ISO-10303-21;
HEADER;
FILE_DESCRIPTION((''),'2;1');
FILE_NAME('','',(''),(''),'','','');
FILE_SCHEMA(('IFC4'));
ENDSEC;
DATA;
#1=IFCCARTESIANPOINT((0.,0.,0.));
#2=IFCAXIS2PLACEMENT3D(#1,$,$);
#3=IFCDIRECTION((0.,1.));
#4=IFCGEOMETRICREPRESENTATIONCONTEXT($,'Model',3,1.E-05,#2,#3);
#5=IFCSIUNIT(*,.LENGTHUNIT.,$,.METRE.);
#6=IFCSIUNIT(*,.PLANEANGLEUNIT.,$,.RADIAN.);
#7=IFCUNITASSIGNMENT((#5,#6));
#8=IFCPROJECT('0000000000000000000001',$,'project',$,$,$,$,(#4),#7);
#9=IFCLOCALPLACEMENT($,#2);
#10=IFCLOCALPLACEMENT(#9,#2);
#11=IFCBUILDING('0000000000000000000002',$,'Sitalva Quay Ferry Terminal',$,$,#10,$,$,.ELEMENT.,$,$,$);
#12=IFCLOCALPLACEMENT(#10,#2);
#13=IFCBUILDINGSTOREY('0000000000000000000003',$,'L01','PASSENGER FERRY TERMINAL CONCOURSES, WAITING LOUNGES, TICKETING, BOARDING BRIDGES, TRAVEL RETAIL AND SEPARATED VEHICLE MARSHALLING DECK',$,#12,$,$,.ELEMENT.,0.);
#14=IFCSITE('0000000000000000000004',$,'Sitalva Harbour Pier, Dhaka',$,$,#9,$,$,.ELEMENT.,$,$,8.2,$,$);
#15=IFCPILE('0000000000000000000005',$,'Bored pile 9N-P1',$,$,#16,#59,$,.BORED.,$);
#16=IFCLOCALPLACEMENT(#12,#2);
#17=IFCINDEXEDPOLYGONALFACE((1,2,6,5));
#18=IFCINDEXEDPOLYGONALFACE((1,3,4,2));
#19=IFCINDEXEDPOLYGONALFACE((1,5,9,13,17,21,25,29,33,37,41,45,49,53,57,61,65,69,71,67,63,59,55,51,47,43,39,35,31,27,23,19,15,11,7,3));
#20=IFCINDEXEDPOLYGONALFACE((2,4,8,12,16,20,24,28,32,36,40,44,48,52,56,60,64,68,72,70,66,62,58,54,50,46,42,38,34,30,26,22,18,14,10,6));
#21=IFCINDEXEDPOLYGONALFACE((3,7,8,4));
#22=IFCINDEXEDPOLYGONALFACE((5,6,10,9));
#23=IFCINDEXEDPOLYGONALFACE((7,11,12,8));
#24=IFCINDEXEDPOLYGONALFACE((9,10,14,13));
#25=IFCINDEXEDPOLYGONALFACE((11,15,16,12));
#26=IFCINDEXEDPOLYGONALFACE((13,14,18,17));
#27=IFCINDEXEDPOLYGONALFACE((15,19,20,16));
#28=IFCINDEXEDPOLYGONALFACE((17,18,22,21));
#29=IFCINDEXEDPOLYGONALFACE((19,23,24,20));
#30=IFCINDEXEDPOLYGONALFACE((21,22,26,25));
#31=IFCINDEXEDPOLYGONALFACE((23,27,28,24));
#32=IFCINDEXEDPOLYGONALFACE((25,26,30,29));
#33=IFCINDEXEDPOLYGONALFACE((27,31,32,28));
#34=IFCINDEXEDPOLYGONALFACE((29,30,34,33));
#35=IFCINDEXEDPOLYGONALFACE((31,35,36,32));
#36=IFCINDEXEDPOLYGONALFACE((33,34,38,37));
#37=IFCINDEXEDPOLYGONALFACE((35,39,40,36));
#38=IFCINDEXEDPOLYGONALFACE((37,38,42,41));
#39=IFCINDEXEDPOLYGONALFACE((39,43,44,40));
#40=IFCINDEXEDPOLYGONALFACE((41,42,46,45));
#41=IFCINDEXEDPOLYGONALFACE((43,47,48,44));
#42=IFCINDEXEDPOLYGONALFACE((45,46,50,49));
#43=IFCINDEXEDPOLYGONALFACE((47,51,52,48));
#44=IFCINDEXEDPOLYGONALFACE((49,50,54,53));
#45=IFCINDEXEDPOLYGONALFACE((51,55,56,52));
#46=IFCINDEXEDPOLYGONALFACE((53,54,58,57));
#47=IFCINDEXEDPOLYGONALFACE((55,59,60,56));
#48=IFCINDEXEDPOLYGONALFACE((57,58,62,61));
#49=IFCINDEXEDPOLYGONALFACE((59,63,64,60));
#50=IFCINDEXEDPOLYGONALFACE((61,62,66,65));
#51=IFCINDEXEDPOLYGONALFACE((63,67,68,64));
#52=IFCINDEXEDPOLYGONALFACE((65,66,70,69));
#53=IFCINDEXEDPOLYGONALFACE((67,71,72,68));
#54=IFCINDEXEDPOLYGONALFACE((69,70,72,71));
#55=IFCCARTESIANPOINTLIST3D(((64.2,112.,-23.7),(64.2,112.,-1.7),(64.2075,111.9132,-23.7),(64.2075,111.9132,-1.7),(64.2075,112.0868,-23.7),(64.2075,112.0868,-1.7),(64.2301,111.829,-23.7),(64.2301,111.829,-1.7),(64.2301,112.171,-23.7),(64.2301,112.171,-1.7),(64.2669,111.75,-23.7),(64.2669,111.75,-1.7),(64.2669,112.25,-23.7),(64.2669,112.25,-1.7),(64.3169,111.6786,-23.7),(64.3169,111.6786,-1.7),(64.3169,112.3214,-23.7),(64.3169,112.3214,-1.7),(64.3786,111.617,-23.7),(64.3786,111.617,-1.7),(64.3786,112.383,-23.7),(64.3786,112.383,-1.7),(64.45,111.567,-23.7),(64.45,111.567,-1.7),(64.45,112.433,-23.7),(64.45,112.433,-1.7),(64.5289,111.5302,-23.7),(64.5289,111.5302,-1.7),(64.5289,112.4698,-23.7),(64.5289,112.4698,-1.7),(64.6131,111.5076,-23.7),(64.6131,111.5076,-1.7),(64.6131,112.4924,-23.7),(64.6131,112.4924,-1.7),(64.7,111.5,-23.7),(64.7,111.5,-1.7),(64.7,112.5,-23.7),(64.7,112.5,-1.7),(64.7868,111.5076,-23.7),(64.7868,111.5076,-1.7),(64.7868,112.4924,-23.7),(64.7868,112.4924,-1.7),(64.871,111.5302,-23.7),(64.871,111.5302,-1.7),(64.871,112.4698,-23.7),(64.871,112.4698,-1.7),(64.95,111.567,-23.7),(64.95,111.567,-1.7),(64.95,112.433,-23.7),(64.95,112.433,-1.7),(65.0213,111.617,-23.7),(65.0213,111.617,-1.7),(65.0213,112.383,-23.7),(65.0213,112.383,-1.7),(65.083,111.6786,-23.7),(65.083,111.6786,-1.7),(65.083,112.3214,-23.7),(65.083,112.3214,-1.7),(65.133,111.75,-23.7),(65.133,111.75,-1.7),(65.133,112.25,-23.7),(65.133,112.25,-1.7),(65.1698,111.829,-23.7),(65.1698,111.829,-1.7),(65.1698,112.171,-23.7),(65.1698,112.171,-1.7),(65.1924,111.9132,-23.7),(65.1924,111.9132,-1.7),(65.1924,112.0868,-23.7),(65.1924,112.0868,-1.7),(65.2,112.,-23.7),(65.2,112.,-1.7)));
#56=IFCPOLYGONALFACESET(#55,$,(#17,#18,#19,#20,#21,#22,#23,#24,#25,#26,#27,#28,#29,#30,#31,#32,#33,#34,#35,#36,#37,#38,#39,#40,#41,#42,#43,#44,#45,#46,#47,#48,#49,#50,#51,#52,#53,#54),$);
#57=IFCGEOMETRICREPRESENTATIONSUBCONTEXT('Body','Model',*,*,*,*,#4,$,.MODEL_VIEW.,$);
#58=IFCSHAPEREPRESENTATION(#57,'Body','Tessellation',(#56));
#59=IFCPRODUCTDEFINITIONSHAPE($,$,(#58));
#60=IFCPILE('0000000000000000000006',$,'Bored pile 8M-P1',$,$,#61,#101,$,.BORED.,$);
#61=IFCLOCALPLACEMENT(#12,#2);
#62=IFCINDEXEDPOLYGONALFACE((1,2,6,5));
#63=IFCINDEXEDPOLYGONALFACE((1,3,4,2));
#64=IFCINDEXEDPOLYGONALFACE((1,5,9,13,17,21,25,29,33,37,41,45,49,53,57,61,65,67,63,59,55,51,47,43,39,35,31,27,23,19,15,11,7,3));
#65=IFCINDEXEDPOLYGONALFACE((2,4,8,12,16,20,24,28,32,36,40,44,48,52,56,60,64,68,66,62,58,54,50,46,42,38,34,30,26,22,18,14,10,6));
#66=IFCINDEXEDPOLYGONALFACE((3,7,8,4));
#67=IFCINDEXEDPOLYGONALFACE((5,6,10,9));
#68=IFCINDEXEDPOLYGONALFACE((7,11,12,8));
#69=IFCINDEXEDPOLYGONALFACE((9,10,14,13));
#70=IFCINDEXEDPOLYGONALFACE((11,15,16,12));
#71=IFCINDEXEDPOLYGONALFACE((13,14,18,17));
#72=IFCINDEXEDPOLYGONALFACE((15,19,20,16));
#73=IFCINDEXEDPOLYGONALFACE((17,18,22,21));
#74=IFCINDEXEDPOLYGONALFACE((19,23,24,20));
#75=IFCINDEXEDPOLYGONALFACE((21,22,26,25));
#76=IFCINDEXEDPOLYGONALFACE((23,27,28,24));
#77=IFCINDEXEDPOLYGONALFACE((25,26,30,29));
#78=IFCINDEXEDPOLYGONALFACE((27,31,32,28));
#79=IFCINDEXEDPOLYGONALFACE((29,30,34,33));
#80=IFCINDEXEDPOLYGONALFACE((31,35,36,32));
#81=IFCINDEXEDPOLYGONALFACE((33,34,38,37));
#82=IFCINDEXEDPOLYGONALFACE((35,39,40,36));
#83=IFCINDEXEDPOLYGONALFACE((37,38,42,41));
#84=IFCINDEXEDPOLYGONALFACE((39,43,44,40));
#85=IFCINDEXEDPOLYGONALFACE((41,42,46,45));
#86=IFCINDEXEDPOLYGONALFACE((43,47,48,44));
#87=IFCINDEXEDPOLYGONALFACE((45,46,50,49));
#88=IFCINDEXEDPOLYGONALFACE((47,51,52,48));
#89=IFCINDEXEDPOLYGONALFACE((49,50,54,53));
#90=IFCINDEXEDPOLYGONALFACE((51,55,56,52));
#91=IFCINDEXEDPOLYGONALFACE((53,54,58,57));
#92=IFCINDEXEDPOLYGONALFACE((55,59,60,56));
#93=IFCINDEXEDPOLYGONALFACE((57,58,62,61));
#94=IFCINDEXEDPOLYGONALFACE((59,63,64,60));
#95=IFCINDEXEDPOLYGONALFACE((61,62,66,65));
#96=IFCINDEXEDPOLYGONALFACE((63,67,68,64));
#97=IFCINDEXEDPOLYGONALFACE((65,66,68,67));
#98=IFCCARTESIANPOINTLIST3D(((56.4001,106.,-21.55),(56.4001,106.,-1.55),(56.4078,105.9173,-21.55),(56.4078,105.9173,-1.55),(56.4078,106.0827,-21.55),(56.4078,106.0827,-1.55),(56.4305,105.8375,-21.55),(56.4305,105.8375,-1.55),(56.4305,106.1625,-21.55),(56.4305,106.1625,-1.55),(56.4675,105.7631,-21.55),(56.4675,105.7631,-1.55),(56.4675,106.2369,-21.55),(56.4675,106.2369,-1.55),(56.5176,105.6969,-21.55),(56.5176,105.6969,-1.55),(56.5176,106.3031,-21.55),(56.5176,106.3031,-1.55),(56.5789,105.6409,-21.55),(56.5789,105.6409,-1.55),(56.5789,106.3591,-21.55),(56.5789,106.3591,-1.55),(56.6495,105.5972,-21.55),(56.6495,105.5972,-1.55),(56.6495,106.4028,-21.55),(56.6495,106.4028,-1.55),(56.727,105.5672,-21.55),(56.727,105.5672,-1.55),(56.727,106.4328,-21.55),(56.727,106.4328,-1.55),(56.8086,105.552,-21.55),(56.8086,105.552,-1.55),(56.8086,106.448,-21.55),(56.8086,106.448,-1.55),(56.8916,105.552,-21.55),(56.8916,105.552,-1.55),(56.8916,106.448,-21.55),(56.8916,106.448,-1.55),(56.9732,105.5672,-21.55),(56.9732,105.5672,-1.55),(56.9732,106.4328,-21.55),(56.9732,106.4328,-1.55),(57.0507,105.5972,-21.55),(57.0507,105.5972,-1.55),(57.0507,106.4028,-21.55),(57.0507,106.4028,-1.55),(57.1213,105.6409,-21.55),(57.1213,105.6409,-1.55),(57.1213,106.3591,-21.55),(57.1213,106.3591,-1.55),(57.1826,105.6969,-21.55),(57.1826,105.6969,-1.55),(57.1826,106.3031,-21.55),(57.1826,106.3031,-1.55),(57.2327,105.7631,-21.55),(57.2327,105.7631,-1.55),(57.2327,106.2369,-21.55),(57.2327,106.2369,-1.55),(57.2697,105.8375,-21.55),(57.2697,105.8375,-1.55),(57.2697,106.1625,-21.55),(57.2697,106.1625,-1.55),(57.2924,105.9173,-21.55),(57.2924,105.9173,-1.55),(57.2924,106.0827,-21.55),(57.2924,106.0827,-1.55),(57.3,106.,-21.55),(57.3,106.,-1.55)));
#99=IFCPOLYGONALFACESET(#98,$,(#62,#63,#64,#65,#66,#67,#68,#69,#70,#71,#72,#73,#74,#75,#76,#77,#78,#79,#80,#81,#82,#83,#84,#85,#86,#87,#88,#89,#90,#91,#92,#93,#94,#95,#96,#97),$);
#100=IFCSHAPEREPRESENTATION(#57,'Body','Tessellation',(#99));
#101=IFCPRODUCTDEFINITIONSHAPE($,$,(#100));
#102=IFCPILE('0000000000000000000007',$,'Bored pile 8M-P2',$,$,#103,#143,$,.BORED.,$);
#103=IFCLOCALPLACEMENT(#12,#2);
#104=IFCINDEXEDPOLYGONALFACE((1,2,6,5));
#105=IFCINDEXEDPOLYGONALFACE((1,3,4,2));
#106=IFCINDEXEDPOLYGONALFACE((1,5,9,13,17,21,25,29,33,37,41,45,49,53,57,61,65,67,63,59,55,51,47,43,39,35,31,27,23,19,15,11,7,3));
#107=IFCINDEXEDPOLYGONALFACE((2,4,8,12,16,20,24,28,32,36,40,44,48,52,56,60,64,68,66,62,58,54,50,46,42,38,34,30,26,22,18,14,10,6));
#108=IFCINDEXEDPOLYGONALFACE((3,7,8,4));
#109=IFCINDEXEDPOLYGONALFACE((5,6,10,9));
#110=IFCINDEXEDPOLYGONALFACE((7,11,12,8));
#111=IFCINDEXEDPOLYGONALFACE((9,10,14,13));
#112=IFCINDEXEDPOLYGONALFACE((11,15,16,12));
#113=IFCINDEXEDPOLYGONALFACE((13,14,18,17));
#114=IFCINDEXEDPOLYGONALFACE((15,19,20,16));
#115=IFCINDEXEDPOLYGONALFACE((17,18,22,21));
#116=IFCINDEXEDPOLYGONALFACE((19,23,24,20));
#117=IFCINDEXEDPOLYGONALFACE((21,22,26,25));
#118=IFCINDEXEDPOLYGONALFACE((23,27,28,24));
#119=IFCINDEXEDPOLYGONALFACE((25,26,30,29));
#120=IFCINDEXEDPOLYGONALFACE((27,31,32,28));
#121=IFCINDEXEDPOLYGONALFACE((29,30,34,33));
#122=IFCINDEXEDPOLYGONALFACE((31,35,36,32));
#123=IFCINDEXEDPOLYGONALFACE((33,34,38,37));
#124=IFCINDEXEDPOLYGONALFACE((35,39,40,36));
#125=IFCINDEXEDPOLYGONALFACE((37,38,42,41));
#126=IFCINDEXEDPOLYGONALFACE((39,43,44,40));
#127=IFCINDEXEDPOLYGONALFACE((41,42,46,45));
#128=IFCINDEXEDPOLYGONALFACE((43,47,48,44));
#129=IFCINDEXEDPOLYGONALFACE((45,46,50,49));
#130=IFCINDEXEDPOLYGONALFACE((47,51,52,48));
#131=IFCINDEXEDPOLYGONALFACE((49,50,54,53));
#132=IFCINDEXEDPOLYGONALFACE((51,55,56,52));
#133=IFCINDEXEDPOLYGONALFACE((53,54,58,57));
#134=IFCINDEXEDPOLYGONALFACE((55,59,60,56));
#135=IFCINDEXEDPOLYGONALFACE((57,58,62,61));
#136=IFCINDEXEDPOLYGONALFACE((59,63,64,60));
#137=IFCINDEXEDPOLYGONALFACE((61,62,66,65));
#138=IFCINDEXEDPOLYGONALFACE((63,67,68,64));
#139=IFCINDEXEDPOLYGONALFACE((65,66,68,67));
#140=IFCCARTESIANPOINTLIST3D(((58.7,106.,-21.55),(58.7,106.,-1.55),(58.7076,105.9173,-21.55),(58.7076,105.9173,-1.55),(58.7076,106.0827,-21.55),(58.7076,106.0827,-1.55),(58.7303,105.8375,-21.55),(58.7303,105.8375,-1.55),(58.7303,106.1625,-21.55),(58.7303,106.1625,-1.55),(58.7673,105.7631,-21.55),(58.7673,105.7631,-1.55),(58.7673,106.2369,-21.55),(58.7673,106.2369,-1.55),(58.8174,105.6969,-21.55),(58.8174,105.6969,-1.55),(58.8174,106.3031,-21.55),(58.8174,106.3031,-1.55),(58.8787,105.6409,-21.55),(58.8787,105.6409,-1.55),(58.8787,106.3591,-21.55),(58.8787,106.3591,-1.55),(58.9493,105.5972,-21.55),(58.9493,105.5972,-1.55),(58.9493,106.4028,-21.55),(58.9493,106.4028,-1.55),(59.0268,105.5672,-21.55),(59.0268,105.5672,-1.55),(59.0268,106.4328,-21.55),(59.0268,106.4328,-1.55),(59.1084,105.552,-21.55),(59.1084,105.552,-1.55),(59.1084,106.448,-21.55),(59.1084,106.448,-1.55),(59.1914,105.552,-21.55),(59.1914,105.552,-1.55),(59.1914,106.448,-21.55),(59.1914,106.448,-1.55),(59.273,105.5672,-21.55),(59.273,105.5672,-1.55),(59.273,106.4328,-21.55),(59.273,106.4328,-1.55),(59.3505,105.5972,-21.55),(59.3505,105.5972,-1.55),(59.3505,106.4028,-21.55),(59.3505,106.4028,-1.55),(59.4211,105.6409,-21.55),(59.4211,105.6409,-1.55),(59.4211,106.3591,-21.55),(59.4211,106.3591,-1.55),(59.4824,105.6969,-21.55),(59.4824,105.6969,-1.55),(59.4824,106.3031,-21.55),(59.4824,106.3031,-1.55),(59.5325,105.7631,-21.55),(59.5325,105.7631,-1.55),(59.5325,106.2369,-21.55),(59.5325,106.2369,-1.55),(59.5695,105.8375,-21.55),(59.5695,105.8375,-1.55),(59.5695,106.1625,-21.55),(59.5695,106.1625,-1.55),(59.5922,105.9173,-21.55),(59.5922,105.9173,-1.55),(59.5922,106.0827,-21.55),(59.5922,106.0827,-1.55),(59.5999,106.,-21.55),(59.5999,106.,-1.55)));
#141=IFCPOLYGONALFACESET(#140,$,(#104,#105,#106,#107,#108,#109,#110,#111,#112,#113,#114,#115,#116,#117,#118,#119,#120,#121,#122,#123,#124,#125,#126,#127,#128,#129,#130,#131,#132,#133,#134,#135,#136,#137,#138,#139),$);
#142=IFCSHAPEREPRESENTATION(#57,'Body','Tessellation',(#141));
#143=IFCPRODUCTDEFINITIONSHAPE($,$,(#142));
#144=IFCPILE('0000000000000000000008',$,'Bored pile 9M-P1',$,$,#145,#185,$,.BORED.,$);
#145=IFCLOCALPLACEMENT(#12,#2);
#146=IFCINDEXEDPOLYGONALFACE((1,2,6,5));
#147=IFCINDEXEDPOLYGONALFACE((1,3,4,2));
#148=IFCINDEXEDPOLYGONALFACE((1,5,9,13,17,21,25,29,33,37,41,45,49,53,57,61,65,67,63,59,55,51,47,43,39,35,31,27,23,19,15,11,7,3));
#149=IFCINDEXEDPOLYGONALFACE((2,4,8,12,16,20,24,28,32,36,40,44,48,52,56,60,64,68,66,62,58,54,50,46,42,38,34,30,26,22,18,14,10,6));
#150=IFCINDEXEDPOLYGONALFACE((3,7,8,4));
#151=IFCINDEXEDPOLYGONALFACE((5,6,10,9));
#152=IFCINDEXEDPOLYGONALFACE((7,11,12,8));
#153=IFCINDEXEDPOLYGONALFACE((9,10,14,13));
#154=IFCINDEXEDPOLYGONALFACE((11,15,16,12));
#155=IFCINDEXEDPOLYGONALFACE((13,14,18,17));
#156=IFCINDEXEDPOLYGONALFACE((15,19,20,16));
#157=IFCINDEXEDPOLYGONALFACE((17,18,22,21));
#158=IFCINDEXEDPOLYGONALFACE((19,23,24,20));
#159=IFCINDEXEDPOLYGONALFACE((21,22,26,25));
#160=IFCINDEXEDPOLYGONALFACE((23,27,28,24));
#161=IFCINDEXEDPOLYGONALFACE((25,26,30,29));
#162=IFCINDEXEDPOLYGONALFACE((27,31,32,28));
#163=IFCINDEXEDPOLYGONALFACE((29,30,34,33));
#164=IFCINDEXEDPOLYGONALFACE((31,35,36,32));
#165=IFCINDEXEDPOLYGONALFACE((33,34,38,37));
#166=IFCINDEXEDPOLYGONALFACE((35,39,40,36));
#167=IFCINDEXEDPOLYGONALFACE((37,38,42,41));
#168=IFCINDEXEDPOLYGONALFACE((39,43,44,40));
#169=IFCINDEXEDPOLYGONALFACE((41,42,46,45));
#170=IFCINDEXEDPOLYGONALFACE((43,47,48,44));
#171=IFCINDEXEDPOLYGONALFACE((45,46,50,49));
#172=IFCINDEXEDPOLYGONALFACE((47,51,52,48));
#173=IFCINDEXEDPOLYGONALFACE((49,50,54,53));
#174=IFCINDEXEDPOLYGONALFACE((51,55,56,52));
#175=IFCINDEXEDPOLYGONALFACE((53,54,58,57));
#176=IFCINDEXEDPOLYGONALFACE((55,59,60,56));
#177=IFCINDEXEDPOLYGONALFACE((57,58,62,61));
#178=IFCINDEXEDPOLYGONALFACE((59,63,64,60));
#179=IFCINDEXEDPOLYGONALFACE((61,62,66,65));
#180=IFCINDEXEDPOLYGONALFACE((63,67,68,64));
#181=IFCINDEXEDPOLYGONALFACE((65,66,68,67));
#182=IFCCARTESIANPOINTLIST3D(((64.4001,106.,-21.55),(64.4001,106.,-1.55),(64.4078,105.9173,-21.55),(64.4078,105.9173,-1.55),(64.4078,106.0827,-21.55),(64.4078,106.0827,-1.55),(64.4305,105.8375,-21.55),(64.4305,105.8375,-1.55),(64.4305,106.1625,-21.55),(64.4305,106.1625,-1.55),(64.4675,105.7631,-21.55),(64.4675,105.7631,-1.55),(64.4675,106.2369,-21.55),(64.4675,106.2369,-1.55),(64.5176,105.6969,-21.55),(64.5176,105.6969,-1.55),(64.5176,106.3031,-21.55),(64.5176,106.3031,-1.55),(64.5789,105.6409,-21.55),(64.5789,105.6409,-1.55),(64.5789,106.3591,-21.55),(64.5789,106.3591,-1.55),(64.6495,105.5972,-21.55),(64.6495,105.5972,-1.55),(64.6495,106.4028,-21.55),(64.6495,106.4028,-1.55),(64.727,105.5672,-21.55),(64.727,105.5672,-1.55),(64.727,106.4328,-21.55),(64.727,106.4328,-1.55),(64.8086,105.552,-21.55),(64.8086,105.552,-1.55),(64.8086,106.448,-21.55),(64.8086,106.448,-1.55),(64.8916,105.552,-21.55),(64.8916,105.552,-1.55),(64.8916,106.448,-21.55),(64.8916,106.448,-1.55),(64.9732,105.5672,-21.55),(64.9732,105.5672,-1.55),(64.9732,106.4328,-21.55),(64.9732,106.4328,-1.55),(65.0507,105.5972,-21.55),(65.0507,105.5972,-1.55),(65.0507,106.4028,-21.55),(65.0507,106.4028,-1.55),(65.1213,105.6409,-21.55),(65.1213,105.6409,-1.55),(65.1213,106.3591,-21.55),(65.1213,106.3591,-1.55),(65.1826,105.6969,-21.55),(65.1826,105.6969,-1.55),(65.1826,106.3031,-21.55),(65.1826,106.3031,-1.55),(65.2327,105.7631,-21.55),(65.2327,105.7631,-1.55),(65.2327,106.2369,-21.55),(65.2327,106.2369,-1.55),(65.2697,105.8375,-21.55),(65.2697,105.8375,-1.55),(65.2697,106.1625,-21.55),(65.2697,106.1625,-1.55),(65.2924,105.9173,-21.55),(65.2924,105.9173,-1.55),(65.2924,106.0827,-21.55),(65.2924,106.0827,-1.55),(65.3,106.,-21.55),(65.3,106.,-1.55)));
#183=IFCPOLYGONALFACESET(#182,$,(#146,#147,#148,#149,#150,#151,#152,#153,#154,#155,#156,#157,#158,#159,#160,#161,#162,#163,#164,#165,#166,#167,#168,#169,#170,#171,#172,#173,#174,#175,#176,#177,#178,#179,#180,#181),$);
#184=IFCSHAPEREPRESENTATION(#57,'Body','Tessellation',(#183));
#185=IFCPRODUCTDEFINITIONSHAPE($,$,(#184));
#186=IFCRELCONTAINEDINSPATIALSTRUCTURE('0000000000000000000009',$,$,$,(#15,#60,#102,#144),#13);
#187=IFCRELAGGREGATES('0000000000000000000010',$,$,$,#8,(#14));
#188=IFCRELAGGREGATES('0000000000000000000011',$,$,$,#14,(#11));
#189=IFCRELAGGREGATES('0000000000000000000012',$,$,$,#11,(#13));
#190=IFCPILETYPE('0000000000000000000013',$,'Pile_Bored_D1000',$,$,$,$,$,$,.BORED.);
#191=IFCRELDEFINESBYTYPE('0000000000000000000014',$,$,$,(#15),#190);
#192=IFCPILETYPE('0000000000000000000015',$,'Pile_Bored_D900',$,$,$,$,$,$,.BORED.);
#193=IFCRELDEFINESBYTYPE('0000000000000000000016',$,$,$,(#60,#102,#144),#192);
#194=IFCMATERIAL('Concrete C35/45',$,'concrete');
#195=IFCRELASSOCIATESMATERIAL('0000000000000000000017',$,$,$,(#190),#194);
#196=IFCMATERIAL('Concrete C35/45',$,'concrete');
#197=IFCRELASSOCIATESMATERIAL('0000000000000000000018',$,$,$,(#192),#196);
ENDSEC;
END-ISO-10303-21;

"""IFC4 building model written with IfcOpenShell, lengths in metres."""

from ifc_helpers import new_model, si_unit, direction, frame, origin, origin_2d, place, context, subcontext, project, spatial, circle, extrude, material, material_profile, profile_set, type_object, element, save


model = new_model("IFC4")

# Units and contexts
model_context = context("Model", 3, precision=1e-05, world=origin(), true_north=direction((0.0, 1.0)))
body_context = subcontext(model_context, "Body", "Model", "MODEL_VIEW")
ifc_project = project(units=[si_unit("LENGTHUNIT", "METRE"), si_unit("PLANEANGLEUNIT", "RADIAN")], contexts=[model_context])

# Site, building, storey
site_placement = place(None, origin())
site = spatial("IfcSite", under=ifc_project, at=site_placement, Name="Sitalva Harbour Pier, Dhaka", CompositionType="ELEMENT", RefElevation=8.2)
building_placement = place(site_placement, origin())
building = spatial("IfcBuilding", under=site, at=building_placement, Name="Sitalva Quay Ferry Terminal", CompositionType="ELEMENT")
storey_placement = place(building_placement, origin())
storey = spatial("IfcBuildingStorey", under=building, at=storey_placement, Name="L01", Description="PASSENGER FERRY TERMINAL CONCOURSES, WAITING LOUNGES, TICKETING, BOARDING BRIDGES, TRAVEL RETAIL AND SEPARATED VEHICLE MARSHALLING DECK", CompositionType="ELEMENT", Elevation=0.0)

# Piles
ifc_material_1 = material(Name="Concrete C35/45", Category="concrete")
ifc_material_profile_1 = material_profile(ifc_material_1, circle(Radius=0.5, at=origin_2d()), Name="PILE-D1000")
ifc_profile_set_1 = profile_set([ifc_material_profile_1], Name="Concrete C35/45")
pile_type_1 = type_object("IfcPileType", Name="Pile_Bored_D1000", PredefinedType="BORED", material=ifc_profile_set_1)
for number, where, z_axis, x_axis, name in (
    (1, (64.7, 112.0, -1.7), (0.0, 0.0, -1.0), (1.0, 0.0, 0.0), "Bored pile 9N-P1"),
):
    element("IfcPile", number, at=place(storey_placement, frame(where, z_axis=z_axis, x_axis=x_axis)), inside=storey, type_object=pile_type_1, Name=name, PredefinedType="BORED", context=body_context, shape_type="SweptSolid", body=[
        extrude(circle(Radius=0.5, at=origin_2d()), origin(), (0.0, 0.0, 1.0), 22.0),
    ])
ifc_material_2 = material(Name="Concrete C35/45", Category="concrete")
ifc_material_profile_2 = material_profile(ifc_material_2, circle(Radius=0.45, at=origin_2d()), Name="PILE-D900")
ifc_profile_set_2 = profile_set([ifc_material_profile_2], Name="Concrete C35/45")
pile_type_2 = type_object("IfcPileType", Name="Pile_Bored_D900", PredefinedType="BORED", material=ifc_profile_set_2)
for number, where, z_axis, x_axis, name in (
    (2, (56.8501, 106.0, -1.55), (0.0, 0.0, -1.0), (1.0, 0.0, 0.0), "Bored pile 8M-P1"),
    (3, (59.1499, 106.0, -1.55), (0.0, 0.0, -1.0), (1.0, 0.0, 0.0), "Bored pile 8M-P2"),
    (4, (64.8501, 106.0, -1.55), (0.0, 0.0, -1.0), (1.0, 0.0, 0.0), "Bored pile 9M-P1"),
):
    element("IfcPile", number, at=place(storey_placement, frame(where, z_axis=z_axis, x_axis=x_axis)), inside=storey, type_object=pile_type_2, Name=name, PredefinedType="BORED", context=body_context, shape_type="SweptSolid", body=[
        extrude(circle(Radius=0.45, at=origin_2d()), origin(), (0.0, 0.0, 1.0), 20.0),
    ])

save(model, "model.ifc")
